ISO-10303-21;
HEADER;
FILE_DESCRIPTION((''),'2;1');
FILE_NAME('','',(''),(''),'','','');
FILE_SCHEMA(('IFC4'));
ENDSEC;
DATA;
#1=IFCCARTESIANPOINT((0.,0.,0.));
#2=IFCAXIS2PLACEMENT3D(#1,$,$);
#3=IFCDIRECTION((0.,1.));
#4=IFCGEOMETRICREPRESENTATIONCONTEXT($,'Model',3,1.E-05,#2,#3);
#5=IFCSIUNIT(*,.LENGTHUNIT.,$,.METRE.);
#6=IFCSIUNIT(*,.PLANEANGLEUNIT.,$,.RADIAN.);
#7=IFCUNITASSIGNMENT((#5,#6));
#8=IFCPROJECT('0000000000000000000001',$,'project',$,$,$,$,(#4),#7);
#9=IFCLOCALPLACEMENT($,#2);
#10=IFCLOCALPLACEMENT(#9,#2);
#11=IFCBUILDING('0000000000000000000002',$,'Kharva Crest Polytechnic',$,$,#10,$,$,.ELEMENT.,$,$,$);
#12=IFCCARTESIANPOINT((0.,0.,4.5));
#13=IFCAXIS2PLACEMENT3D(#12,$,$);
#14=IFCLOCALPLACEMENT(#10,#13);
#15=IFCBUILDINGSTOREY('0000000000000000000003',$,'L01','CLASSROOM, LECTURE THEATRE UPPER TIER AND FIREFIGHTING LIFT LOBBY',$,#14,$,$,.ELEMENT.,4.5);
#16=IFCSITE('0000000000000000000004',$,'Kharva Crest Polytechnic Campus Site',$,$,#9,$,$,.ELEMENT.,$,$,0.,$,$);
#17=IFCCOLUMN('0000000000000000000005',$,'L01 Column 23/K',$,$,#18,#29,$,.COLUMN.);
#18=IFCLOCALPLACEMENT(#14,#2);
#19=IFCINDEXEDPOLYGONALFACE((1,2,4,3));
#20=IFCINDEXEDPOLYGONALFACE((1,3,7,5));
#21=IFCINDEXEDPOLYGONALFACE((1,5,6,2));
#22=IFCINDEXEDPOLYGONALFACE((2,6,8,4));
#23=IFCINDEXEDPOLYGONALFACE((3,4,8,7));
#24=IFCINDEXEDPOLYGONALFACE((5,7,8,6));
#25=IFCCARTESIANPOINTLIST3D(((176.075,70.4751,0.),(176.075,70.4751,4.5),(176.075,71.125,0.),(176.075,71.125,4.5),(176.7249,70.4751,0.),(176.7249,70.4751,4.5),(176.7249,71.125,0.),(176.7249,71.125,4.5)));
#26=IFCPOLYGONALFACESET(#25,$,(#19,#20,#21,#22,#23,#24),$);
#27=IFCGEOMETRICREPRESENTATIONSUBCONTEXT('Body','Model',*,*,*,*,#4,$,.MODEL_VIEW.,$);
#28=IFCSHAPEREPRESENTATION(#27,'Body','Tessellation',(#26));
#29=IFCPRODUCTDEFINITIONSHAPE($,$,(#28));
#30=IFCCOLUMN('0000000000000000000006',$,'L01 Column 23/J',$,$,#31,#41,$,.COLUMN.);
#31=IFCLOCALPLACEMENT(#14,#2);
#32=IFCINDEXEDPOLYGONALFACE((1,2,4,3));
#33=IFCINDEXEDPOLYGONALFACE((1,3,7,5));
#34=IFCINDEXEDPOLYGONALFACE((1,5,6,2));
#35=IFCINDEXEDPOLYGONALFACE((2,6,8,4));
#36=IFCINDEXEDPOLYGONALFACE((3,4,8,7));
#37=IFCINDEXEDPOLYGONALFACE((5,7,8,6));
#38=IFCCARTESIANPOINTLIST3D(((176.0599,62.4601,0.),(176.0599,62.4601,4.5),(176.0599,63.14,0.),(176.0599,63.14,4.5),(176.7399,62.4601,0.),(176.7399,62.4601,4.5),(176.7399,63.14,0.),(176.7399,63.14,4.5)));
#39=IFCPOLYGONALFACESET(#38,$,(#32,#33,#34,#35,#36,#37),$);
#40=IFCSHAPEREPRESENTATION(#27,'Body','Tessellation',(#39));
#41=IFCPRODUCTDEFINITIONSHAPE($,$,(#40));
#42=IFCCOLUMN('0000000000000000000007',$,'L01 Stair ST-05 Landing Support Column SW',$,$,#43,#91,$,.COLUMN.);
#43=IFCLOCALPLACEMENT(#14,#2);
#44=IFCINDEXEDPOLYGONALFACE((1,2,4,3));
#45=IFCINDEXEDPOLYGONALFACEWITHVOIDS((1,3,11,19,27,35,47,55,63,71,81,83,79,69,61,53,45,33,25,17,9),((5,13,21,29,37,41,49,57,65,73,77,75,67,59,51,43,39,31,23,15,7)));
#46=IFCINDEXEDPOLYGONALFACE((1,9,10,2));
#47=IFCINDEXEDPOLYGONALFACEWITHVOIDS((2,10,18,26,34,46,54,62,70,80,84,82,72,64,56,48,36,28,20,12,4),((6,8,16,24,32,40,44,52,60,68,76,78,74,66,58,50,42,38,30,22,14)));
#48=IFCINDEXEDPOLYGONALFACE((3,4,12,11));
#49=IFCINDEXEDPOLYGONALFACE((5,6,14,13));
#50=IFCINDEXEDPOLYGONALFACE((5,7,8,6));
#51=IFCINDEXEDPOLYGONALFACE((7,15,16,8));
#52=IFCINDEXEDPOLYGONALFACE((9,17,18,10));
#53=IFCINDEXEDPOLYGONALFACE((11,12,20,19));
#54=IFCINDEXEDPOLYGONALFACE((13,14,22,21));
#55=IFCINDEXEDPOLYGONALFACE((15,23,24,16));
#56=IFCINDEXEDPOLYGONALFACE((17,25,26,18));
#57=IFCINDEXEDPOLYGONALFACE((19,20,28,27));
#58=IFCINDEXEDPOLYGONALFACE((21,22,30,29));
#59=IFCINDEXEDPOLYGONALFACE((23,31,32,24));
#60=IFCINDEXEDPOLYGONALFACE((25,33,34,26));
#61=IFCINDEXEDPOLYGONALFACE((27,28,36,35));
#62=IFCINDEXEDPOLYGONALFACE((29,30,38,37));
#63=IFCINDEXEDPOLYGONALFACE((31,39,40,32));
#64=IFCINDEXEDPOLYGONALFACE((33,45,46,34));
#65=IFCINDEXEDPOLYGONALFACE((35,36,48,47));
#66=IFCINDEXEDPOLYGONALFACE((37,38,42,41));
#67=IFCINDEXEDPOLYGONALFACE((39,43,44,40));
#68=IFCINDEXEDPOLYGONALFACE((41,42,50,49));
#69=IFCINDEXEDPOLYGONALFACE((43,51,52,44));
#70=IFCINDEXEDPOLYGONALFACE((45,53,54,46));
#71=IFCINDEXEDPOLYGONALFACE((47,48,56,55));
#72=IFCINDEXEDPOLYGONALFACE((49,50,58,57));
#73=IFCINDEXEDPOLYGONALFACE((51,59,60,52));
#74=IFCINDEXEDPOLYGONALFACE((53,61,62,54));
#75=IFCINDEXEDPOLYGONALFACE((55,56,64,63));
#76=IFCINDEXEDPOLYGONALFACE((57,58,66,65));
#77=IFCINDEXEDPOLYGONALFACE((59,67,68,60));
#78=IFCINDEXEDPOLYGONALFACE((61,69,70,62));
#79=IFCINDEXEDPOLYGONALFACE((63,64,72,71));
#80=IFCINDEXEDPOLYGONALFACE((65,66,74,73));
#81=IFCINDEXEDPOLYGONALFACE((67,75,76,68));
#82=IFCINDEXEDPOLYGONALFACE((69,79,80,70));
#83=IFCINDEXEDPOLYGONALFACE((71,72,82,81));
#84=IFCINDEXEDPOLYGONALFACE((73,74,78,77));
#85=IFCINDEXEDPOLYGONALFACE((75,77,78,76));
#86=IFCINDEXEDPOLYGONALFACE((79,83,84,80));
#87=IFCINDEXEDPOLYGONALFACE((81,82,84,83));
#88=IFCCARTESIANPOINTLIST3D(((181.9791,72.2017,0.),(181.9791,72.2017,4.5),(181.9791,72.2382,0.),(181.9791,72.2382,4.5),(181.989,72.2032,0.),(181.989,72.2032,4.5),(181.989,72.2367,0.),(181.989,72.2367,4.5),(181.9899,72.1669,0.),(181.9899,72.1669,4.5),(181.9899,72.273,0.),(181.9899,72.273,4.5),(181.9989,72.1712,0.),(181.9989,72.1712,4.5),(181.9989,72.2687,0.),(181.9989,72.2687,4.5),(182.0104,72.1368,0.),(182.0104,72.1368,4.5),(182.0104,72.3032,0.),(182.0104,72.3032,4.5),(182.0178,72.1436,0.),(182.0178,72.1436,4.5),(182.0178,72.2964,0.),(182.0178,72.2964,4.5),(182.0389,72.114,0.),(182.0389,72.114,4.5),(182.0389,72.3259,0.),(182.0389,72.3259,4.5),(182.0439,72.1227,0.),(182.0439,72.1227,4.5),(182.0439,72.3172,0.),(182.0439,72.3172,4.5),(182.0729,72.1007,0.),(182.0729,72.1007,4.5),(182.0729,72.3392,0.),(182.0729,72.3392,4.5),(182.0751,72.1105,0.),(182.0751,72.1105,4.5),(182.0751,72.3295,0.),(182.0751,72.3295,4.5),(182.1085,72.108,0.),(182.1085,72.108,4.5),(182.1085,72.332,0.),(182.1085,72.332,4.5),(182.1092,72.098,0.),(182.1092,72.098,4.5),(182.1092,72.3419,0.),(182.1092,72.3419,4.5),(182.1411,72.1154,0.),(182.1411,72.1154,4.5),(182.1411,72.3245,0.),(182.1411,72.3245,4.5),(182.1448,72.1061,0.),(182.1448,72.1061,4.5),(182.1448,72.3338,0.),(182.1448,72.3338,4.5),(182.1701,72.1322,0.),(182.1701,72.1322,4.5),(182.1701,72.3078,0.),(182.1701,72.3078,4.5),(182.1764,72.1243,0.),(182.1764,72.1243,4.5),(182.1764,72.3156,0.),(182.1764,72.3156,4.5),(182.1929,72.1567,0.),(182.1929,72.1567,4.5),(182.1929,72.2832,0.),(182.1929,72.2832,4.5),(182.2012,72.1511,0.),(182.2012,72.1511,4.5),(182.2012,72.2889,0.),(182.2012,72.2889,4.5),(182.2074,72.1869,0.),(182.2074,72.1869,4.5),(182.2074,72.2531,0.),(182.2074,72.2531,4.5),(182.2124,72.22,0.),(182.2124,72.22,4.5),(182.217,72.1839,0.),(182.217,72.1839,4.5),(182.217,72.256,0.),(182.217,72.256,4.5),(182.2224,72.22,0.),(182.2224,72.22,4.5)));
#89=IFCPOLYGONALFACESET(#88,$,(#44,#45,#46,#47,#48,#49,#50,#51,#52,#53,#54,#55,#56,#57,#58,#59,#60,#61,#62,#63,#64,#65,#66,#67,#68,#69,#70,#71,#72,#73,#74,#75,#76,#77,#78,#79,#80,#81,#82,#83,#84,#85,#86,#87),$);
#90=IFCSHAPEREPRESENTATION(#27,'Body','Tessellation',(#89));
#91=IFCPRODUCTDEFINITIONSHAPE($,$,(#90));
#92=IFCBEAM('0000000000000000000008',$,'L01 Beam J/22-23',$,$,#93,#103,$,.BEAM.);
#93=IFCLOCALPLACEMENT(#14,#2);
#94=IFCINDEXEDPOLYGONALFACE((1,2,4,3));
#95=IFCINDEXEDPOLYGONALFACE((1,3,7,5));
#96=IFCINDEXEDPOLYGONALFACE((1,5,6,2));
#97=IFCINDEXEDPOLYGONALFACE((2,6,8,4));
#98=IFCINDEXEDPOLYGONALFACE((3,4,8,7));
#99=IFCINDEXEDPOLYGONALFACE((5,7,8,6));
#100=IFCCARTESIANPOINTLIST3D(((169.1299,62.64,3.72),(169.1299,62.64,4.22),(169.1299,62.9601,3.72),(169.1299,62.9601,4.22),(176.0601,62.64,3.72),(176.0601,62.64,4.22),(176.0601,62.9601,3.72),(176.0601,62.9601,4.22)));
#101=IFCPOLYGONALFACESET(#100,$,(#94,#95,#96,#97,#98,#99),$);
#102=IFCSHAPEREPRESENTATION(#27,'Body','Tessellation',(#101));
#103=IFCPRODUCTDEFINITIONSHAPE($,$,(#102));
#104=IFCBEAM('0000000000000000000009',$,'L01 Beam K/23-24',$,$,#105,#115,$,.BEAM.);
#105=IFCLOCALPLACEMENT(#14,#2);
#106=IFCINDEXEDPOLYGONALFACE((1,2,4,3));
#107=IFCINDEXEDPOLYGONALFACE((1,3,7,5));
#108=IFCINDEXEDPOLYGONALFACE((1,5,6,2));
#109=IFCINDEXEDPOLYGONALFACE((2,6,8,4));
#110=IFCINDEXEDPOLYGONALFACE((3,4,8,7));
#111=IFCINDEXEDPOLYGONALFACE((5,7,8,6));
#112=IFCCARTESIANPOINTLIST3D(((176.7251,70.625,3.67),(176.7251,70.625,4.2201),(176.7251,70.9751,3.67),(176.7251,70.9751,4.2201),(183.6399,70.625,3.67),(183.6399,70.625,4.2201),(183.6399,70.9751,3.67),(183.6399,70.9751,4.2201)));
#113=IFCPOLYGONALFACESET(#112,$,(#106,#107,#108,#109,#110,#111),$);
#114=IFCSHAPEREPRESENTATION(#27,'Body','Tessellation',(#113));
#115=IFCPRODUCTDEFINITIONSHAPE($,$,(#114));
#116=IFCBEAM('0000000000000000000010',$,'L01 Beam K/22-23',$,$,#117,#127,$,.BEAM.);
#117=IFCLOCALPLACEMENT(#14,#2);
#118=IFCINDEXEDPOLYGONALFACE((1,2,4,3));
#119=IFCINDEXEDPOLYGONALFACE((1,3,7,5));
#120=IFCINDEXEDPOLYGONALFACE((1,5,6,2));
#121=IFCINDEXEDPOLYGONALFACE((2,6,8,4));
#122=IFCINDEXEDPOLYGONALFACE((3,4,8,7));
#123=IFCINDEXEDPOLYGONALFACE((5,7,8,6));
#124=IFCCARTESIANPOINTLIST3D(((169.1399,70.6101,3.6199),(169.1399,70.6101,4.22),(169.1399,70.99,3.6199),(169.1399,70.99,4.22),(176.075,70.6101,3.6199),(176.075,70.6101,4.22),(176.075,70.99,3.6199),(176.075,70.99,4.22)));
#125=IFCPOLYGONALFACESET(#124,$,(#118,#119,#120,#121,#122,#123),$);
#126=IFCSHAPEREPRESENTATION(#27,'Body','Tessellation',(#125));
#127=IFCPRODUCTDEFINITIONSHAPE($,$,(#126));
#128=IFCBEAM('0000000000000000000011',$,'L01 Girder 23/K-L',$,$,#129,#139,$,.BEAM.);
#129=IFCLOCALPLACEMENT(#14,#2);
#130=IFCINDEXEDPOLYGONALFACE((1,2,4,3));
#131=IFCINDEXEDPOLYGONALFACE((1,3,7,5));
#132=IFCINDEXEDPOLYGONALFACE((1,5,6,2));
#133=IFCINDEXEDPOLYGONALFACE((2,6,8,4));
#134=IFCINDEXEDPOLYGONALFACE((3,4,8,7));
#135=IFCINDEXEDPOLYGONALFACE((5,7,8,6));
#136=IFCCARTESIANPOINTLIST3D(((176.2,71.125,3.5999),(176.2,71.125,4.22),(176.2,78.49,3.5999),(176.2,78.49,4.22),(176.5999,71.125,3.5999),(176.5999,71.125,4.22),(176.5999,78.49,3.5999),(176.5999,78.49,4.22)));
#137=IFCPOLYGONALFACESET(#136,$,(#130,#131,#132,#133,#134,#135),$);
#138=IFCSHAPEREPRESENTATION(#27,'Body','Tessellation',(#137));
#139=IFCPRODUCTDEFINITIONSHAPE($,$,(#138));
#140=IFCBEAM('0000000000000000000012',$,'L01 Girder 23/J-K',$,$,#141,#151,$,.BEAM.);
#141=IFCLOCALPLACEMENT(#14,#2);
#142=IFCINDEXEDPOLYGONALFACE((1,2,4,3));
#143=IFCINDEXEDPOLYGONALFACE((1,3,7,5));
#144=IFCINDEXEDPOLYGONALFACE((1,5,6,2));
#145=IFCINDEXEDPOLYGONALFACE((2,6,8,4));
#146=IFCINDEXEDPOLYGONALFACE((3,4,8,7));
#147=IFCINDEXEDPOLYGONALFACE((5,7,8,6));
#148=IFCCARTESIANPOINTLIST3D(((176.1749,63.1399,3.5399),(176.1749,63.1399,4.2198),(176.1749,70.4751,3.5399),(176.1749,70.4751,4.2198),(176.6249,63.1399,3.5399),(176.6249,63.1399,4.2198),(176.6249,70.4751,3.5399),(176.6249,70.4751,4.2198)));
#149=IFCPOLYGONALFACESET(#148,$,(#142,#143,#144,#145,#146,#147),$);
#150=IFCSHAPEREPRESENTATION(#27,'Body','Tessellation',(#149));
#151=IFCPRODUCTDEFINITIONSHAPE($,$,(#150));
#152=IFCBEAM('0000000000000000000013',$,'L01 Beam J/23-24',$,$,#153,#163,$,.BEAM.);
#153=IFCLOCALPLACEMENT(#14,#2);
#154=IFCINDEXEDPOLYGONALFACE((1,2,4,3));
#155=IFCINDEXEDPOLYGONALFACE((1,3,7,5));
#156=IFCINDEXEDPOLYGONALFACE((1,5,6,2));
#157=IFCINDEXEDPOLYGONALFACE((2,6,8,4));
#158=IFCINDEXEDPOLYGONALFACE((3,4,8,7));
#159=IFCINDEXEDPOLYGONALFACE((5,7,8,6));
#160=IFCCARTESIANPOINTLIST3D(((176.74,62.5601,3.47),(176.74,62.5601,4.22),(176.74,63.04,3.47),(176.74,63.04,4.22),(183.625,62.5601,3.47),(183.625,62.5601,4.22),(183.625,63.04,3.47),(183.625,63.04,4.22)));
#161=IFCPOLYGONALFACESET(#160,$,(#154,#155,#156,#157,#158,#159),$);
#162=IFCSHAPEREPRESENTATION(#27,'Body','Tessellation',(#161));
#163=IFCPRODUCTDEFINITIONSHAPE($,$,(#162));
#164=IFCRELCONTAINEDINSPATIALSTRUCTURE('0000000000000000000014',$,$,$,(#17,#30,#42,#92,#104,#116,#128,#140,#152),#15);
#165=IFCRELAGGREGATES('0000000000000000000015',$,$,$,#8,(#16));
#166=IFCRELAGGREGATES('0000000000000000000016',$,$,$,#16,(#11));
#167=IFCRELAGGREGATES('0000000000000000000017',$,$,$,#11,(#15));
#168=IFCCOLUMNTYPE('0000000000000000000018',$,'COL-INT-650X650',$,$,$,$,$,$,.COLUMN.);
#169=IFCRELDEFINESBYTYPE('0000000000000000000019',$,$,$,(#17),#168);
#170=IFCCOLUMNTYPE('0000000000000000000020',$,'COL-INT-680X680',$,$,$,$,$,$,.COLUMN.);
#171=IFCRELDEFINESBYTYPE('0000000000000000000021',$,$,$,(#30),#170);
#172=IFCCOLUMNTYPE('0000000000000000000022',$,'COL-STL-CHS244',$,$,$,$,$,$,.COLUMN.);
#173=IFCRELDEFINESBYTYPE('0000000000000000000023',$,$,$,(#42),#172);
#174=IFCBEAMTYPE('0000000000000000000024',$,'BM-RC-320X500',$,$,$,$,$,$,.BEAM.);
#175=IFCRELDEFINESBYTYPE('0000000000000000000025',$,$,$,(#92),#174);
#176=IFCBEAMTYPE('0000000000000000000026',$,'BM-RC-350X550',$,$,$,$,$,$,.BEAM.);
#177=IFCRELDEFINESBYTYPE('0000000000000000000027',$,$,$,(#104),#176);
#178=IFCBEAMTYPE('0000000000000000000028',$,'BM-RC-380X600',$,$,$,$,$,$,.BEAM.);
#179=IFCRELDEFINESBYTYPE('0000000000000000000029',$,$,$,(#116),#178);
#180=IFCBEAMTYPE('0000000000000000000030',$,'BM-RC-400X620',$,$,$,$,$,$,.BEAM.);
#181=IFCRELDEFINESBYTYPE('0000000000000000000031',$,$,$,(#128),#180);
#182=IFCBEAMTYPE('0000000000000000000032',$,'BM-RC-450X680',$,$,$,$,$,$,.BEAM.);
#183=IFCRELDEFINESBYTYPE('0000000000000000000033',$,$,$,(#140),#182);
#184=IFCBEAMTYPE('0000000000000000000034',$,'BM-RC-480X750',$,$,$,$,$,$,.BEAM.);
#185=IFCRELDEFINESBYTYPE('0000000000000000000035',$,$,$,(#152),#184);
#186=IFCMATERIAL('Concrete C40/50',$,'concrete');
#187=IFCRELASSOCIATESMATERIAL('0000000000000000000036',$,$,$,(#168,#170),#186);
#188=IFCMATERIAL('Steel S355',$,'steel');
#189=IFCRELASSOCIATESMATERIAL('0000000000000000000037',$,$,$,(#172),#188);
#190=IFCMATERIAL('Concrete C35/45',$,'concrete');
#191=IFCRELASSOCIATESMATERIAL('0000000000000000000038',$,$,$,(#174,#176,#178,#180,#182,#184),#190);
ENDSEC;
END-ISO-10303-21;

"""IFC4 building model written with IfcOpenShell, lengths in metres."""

from ifc_helpers import new_model, si_unit, direction, frame, origin, origin_2d, place, context, subcontext, project, spatial, rectangle, hollow_circle, extrude, material, material_profile, profile_set, type_object, element, save


model = new_model("IFC4")

# Units and contexts
model_context = context("Model", 3, precision=1e-05, world=origin(), true_north=direction((0.0, 1.0)))
body_context = subcontext(model_context, "Body", "Model", "MODEL_VIEW")
ifc_project = project(units=[si_unit("LENGTHUNIT", "METRE"), si_unit("PLANEANGLEUNIT", "RADIAN")], contexts=[model_context])

# Site, building, storey
site_placement = place(None, origin())
site = spatial("IfcSite", under=ifc_project, at=site_placement, Name="Kharva Crest Polytechnic Campus Site", CompositionType="ELEMENT", RefElevation=0.0)
building_placement = place(site_placement, origin())
building = spatial("IfcBuilding", under=site, at=building_placement, Name="Kharva Crest Polytechnic", CompositionType="ELEMENT")
storey_placement = place(building_placement, frame((0.0, 0.0, 4.5)))
storey = spatial("IfcBuildingStorey", under=building, at=storey_placement, Name="L01", Description="CLASSROOM, LECTURE THEATRE UPPER TIER AND FIREFIGHTING LIFT LOBBY", CompositionType="ELEMENT", Elevation=4.5)

# Columns
ifc_material_1 = material(Name="Concrete C40/50", Category="concrete")
ifc_material_profile_1 = material_profile(ifc_material_1, rectangle(XDim=0.6499, YDim=0.6499, at=origin_2d()), Name="RECT 650 X 650")
ifc_profile_set_1 = profile_set([ifc_material_profile_1], Name="Concrete C40/50")
column_type_1 = type_object("IfcColumnType", Name="COL-INT-650X650", PredefinedType="COLUMN", material=ifc_profile_set_1)
column_1_placement = place(storey_placement, frame((176.3999, 70.8, 0.0), z_axis=(0.0, 0.0, 1.0), x_axis=(1.0, 0.0, 0.0)))
element("IfcColumn", 1, at=column_1_placement, inside=storey, type_object=column_type_1, Name="L01 Column 23/K", PredefinedType="COLUMN", context=body_context, shape_type="SweptSolid", body=[
    extrude(rectangle(XDim=0.6499, YDim=0.6499, at=origin_2d()), origin(), (0.0, 0.0, 1.0), 4.5),
])
ifc_material_profile_2 = material_profile(ifc_material_1, rectangle(XDim=0.6799, YDim=0.6799, at=origin_2d()), Name="RECT 680 X 680")
ifc_profile_set_2 = profile_set([ifc_material_profile_2], Name="Concrete C40/50")
column_type_2 = type_object("IfcColumnType", Name="COL-INT-680X680", PredefinedType="COLUMN", material=ifc_profile_set_2)
column_2_placement = place(storey_placement, frame((176.3999, 62.8, 0.0), z_axis=(0.0, 0.0, 1.0), x_axis=(1.0, 0.0, 0.0)))
element("IfcColumn", 2, at=column_2_placement, inside=storey, type_object=column_type_2, Name="L01 Column 23/J", PredefinedType="COLUMN", context=body_context, shape_type="SweptSolid", body=[
    extrude(rectangle(XDim=0.6799, YDim=0.6799, at=origin_2d()), origin(), (0.0, 0.0, 1.0), 4.5),
])
ifc_material_2 = material(Name="Steel S355", Category="steel")
ifc_material_profile_3 = material_profile(ifc_material_2, hollow_circle(Radius=0.1223, WallThickness=0.01, at=origin_2d()), Name="CHS 244.5X10.0")
ifc_profile_set_3 = profile_set([ifc_material_profile_3], Name="Steel S355")
column_type_3 = type_object("IfcColumnType", Name="COL-STL-CHS244", PredefinedType="COLUMN", material=ifc_profile_set_3)
column_3_placement = place(storey_placement, frame((182.1001, 72.22, 0.0), z_axis=(0.0, 0.0, 1.0), x_axis=(1.0, 0.0, 0.0)))
element("IfcColumn", 3, at=column_3_placement, inside=storey, type_object=column_type_3, Name="L01 Stair ST-05 Landing Support Column SW", PredefinedType="COLUMN", context=body_context, shape_type="SweptSolid", body=[
    extrude(hollow_circle(Radius=0.1223, WallThickness=0.01, at=origin_2d()), origin(), (0.0, 0.0, 1.0), 4.5),
])

# Beams
ifc_material_3 = material(Name="Concrete C35/45", Category="concrete")
ifc_material_profile_4 = material_profile(ifc_material_3, rectangle(XDim=0.3201, YDim=0.5, at=origin_2d()), Name="RECT 320 X 500")
ifc_profile_set_4 = profile_set([ifc_material_profile_4], Name="Concrete C35/45")
beam_type_1 = type_object("IfcBeamType", Name="BM-RC-320X500", PredefinedType="BEAM", material=ifc_profile_set_4)
beam_1_placement = place(storey_placement, frame((169.1299, 62.8, 3.97), z_axis=(1.0, 0.0, 0.0), x_axis=(0.0, 1.0, 0.0)))
element("IfcBeam", 4, at=beam_1_placement, inside=storey, type_object=beam_type_1, Name="L01 Beam J/22-23", PredefinedType="BEAM", context=body_context, shape_type="SweptSolid", body=[
    extrude(rectangle(XDim=0.3201, YDim=0.5, at=origin_2d()), origin(), (0.0, 0.0, 1.0), 6.9302),
])
ifc_material_profile_5 = material_profile(ifc_material_3, rectangle(XDim=0.3501, YDim=0.55, at=origin_2d()), Name="RECT 350 X 550")
ifc_profile_set_5 = profile_set([ifc_material_profile_5], Name="Concrete C35/45")
beam_type_2 = type_object("IfcBeamType", Name="BM-RC-350X550", PredefinedType="BEAM", material=ifc_profile_set_5)
beam_2_placement = place(storey_placement, frame((176.7251, 70.8, 3.9451), z_axis=(1.0, 0.0, 0.0), x_axis=(0.0, 1.0, 0.0)))
element("IfcBeam", 5, at=beam_2_placement, inside=storey, type_object=beam_type_2, Name="L01 Beam K/23-24", PredefinedType="BEAM", context=body_context, shape_type="SweptSolid", body=[
    extrude(rectangle(XDim=0.3501, YDim=0.55, at=origin_2d()), origin(), (0.0, 0.0, 1.0), 6.9148),
])
ifc_material_profile_6 = material_profile(ifc_material_3, rectangle(XDim=0.3799, YDim=0.6001, at=origin_2d()), Name="RECT 380 X 600")
ifc_profile_set_6 = profile_set([ifc_material_profile_6], Name="Concrete C35/45")
beam_type_3 = type_object("IfcBeamType", Name="BM-RC-380X600", PredefinedType="BEAM", material=ifc_profile_set_6)
beam_3_placement = place(storey_placement, frame((169.1399, 70.8, 3.9199), z_axis=(1.0, 0.0, 0.0), x_axis=(0.0, 1.0, 0.0)))
element("IfcBeam", 6, at=beam_3_placement, inside=storey, type_object=beam_type_3, Name="L01 Beam K/22-23", PredefinedType="BEAM", context=body_context, shape_type="SweptSolid", body=[
    extrude(rectangle(XDim=0.3799, YDim=0.6001, at=origin_2d()), origin(), (0.0, 0.0, 1.0), 6.9351),
])
ifc_material_profile_7 = material_profile(ifc_material_3, rectangle(XDim=0.3999, YDim=0.6201, at=origin_2d()), Name="RECT 400 X 620")
ifc_profile_set_7 = profile_set([ifc_material_profile_7], Name="Concrete C35/45")
beam_type_4 = type_object("IfcBeamType", Name="BM-RC-400X620", PredefinedType="BEAM", material=ifc_profile_set_7)
beam_4_placement = place(storey_placement, frame((176.3999, 71.125, 3.9099), z_axis=(0.0, 1.0, 0.0), x_axis=(-1.0, 0.0, 0.0)))
element("IfcBeam", 7, at=beam_4_placement, inside=storey, type_object=beam_type_4, Name="L01 Girder 23/K-L", PredefinedType="BEAM", context=body_context, shape_type="SweptSolid", body=[
    extrude(rectangle(XDim=0.3999, YDim=0.6201, at=origin_2d()), origin(), (0.0, 0.0, 1.0), 7.365),
])
ifc_material_profile_8 = material_profile(ifc_material_3, rectangle(XDim=0.45, YDim=0.6799, at=origin_2d()), Name="RECT 450 X 680")
ifc_profile_set_8 = profile_set([ifc_material_profile_8], Name="Concrete C35/45")
beam_type_5 = type_object("IfcBeamType", Name="BM-RC-450X680", PredefinedType="BEAM", material=ifc_profile_set_8)
beam_5_placement = place(storey_placement, frame((176.3999, 63.1399, 3.8799), z_axis=(0.0, 1.0, 0.0), x_axis=(-1.0, 0.0, 0.0)))
element("IfcBeam", 8, at=beam_5_placement, inside=storey, type_object=beam_type_5, Name="L01 Girder 23/J-K", PredefinedType="BEAM", context=body_context, shape_type="SweptSolid", body=[
    extrude(rectangle(XDim=0.45, YDim=0.6799, at=origin_2d()), origin(), (0.0, 0.0, 1.0), 7.3352),
])
ifc_material_profile_9 = material_profile(ifc_material_3, rectangle(XDim=0.48, YDim=0.75, at=origin_2d()), Name="RECT 480 X 750")
ifc_profile_set_9 = profile_set([ifc_material_profile_9], Name="Concrete C35/45")
beam_type_6 = type_object("IfcBeamType", Name="BM-RC-480X750", PredefinedType="BEAM", material=ifc_profile_set_9)
beam_6_placement = place(storey_placement, frame((176.74, 62.8, 3.845), z_axis=(1.0, 0.0, 0.0), x_axis=(0.0, 1.0, 0.0)))
element("IfcBeam", 9, at=beam_6_placement, inside=storey, type_object=beam_type_6, Name="L01 Beam J/23-24", PredefinedType="BEAM", context=body_context, shape_type="SweptSolid", body=[
    extrude(rectangle(XDim=0.48, YDim=0.75, at=origin_2d()), origin(), (0.0, 0.0, 1.0), 6.885),
])

save(model, "model.ifc")
